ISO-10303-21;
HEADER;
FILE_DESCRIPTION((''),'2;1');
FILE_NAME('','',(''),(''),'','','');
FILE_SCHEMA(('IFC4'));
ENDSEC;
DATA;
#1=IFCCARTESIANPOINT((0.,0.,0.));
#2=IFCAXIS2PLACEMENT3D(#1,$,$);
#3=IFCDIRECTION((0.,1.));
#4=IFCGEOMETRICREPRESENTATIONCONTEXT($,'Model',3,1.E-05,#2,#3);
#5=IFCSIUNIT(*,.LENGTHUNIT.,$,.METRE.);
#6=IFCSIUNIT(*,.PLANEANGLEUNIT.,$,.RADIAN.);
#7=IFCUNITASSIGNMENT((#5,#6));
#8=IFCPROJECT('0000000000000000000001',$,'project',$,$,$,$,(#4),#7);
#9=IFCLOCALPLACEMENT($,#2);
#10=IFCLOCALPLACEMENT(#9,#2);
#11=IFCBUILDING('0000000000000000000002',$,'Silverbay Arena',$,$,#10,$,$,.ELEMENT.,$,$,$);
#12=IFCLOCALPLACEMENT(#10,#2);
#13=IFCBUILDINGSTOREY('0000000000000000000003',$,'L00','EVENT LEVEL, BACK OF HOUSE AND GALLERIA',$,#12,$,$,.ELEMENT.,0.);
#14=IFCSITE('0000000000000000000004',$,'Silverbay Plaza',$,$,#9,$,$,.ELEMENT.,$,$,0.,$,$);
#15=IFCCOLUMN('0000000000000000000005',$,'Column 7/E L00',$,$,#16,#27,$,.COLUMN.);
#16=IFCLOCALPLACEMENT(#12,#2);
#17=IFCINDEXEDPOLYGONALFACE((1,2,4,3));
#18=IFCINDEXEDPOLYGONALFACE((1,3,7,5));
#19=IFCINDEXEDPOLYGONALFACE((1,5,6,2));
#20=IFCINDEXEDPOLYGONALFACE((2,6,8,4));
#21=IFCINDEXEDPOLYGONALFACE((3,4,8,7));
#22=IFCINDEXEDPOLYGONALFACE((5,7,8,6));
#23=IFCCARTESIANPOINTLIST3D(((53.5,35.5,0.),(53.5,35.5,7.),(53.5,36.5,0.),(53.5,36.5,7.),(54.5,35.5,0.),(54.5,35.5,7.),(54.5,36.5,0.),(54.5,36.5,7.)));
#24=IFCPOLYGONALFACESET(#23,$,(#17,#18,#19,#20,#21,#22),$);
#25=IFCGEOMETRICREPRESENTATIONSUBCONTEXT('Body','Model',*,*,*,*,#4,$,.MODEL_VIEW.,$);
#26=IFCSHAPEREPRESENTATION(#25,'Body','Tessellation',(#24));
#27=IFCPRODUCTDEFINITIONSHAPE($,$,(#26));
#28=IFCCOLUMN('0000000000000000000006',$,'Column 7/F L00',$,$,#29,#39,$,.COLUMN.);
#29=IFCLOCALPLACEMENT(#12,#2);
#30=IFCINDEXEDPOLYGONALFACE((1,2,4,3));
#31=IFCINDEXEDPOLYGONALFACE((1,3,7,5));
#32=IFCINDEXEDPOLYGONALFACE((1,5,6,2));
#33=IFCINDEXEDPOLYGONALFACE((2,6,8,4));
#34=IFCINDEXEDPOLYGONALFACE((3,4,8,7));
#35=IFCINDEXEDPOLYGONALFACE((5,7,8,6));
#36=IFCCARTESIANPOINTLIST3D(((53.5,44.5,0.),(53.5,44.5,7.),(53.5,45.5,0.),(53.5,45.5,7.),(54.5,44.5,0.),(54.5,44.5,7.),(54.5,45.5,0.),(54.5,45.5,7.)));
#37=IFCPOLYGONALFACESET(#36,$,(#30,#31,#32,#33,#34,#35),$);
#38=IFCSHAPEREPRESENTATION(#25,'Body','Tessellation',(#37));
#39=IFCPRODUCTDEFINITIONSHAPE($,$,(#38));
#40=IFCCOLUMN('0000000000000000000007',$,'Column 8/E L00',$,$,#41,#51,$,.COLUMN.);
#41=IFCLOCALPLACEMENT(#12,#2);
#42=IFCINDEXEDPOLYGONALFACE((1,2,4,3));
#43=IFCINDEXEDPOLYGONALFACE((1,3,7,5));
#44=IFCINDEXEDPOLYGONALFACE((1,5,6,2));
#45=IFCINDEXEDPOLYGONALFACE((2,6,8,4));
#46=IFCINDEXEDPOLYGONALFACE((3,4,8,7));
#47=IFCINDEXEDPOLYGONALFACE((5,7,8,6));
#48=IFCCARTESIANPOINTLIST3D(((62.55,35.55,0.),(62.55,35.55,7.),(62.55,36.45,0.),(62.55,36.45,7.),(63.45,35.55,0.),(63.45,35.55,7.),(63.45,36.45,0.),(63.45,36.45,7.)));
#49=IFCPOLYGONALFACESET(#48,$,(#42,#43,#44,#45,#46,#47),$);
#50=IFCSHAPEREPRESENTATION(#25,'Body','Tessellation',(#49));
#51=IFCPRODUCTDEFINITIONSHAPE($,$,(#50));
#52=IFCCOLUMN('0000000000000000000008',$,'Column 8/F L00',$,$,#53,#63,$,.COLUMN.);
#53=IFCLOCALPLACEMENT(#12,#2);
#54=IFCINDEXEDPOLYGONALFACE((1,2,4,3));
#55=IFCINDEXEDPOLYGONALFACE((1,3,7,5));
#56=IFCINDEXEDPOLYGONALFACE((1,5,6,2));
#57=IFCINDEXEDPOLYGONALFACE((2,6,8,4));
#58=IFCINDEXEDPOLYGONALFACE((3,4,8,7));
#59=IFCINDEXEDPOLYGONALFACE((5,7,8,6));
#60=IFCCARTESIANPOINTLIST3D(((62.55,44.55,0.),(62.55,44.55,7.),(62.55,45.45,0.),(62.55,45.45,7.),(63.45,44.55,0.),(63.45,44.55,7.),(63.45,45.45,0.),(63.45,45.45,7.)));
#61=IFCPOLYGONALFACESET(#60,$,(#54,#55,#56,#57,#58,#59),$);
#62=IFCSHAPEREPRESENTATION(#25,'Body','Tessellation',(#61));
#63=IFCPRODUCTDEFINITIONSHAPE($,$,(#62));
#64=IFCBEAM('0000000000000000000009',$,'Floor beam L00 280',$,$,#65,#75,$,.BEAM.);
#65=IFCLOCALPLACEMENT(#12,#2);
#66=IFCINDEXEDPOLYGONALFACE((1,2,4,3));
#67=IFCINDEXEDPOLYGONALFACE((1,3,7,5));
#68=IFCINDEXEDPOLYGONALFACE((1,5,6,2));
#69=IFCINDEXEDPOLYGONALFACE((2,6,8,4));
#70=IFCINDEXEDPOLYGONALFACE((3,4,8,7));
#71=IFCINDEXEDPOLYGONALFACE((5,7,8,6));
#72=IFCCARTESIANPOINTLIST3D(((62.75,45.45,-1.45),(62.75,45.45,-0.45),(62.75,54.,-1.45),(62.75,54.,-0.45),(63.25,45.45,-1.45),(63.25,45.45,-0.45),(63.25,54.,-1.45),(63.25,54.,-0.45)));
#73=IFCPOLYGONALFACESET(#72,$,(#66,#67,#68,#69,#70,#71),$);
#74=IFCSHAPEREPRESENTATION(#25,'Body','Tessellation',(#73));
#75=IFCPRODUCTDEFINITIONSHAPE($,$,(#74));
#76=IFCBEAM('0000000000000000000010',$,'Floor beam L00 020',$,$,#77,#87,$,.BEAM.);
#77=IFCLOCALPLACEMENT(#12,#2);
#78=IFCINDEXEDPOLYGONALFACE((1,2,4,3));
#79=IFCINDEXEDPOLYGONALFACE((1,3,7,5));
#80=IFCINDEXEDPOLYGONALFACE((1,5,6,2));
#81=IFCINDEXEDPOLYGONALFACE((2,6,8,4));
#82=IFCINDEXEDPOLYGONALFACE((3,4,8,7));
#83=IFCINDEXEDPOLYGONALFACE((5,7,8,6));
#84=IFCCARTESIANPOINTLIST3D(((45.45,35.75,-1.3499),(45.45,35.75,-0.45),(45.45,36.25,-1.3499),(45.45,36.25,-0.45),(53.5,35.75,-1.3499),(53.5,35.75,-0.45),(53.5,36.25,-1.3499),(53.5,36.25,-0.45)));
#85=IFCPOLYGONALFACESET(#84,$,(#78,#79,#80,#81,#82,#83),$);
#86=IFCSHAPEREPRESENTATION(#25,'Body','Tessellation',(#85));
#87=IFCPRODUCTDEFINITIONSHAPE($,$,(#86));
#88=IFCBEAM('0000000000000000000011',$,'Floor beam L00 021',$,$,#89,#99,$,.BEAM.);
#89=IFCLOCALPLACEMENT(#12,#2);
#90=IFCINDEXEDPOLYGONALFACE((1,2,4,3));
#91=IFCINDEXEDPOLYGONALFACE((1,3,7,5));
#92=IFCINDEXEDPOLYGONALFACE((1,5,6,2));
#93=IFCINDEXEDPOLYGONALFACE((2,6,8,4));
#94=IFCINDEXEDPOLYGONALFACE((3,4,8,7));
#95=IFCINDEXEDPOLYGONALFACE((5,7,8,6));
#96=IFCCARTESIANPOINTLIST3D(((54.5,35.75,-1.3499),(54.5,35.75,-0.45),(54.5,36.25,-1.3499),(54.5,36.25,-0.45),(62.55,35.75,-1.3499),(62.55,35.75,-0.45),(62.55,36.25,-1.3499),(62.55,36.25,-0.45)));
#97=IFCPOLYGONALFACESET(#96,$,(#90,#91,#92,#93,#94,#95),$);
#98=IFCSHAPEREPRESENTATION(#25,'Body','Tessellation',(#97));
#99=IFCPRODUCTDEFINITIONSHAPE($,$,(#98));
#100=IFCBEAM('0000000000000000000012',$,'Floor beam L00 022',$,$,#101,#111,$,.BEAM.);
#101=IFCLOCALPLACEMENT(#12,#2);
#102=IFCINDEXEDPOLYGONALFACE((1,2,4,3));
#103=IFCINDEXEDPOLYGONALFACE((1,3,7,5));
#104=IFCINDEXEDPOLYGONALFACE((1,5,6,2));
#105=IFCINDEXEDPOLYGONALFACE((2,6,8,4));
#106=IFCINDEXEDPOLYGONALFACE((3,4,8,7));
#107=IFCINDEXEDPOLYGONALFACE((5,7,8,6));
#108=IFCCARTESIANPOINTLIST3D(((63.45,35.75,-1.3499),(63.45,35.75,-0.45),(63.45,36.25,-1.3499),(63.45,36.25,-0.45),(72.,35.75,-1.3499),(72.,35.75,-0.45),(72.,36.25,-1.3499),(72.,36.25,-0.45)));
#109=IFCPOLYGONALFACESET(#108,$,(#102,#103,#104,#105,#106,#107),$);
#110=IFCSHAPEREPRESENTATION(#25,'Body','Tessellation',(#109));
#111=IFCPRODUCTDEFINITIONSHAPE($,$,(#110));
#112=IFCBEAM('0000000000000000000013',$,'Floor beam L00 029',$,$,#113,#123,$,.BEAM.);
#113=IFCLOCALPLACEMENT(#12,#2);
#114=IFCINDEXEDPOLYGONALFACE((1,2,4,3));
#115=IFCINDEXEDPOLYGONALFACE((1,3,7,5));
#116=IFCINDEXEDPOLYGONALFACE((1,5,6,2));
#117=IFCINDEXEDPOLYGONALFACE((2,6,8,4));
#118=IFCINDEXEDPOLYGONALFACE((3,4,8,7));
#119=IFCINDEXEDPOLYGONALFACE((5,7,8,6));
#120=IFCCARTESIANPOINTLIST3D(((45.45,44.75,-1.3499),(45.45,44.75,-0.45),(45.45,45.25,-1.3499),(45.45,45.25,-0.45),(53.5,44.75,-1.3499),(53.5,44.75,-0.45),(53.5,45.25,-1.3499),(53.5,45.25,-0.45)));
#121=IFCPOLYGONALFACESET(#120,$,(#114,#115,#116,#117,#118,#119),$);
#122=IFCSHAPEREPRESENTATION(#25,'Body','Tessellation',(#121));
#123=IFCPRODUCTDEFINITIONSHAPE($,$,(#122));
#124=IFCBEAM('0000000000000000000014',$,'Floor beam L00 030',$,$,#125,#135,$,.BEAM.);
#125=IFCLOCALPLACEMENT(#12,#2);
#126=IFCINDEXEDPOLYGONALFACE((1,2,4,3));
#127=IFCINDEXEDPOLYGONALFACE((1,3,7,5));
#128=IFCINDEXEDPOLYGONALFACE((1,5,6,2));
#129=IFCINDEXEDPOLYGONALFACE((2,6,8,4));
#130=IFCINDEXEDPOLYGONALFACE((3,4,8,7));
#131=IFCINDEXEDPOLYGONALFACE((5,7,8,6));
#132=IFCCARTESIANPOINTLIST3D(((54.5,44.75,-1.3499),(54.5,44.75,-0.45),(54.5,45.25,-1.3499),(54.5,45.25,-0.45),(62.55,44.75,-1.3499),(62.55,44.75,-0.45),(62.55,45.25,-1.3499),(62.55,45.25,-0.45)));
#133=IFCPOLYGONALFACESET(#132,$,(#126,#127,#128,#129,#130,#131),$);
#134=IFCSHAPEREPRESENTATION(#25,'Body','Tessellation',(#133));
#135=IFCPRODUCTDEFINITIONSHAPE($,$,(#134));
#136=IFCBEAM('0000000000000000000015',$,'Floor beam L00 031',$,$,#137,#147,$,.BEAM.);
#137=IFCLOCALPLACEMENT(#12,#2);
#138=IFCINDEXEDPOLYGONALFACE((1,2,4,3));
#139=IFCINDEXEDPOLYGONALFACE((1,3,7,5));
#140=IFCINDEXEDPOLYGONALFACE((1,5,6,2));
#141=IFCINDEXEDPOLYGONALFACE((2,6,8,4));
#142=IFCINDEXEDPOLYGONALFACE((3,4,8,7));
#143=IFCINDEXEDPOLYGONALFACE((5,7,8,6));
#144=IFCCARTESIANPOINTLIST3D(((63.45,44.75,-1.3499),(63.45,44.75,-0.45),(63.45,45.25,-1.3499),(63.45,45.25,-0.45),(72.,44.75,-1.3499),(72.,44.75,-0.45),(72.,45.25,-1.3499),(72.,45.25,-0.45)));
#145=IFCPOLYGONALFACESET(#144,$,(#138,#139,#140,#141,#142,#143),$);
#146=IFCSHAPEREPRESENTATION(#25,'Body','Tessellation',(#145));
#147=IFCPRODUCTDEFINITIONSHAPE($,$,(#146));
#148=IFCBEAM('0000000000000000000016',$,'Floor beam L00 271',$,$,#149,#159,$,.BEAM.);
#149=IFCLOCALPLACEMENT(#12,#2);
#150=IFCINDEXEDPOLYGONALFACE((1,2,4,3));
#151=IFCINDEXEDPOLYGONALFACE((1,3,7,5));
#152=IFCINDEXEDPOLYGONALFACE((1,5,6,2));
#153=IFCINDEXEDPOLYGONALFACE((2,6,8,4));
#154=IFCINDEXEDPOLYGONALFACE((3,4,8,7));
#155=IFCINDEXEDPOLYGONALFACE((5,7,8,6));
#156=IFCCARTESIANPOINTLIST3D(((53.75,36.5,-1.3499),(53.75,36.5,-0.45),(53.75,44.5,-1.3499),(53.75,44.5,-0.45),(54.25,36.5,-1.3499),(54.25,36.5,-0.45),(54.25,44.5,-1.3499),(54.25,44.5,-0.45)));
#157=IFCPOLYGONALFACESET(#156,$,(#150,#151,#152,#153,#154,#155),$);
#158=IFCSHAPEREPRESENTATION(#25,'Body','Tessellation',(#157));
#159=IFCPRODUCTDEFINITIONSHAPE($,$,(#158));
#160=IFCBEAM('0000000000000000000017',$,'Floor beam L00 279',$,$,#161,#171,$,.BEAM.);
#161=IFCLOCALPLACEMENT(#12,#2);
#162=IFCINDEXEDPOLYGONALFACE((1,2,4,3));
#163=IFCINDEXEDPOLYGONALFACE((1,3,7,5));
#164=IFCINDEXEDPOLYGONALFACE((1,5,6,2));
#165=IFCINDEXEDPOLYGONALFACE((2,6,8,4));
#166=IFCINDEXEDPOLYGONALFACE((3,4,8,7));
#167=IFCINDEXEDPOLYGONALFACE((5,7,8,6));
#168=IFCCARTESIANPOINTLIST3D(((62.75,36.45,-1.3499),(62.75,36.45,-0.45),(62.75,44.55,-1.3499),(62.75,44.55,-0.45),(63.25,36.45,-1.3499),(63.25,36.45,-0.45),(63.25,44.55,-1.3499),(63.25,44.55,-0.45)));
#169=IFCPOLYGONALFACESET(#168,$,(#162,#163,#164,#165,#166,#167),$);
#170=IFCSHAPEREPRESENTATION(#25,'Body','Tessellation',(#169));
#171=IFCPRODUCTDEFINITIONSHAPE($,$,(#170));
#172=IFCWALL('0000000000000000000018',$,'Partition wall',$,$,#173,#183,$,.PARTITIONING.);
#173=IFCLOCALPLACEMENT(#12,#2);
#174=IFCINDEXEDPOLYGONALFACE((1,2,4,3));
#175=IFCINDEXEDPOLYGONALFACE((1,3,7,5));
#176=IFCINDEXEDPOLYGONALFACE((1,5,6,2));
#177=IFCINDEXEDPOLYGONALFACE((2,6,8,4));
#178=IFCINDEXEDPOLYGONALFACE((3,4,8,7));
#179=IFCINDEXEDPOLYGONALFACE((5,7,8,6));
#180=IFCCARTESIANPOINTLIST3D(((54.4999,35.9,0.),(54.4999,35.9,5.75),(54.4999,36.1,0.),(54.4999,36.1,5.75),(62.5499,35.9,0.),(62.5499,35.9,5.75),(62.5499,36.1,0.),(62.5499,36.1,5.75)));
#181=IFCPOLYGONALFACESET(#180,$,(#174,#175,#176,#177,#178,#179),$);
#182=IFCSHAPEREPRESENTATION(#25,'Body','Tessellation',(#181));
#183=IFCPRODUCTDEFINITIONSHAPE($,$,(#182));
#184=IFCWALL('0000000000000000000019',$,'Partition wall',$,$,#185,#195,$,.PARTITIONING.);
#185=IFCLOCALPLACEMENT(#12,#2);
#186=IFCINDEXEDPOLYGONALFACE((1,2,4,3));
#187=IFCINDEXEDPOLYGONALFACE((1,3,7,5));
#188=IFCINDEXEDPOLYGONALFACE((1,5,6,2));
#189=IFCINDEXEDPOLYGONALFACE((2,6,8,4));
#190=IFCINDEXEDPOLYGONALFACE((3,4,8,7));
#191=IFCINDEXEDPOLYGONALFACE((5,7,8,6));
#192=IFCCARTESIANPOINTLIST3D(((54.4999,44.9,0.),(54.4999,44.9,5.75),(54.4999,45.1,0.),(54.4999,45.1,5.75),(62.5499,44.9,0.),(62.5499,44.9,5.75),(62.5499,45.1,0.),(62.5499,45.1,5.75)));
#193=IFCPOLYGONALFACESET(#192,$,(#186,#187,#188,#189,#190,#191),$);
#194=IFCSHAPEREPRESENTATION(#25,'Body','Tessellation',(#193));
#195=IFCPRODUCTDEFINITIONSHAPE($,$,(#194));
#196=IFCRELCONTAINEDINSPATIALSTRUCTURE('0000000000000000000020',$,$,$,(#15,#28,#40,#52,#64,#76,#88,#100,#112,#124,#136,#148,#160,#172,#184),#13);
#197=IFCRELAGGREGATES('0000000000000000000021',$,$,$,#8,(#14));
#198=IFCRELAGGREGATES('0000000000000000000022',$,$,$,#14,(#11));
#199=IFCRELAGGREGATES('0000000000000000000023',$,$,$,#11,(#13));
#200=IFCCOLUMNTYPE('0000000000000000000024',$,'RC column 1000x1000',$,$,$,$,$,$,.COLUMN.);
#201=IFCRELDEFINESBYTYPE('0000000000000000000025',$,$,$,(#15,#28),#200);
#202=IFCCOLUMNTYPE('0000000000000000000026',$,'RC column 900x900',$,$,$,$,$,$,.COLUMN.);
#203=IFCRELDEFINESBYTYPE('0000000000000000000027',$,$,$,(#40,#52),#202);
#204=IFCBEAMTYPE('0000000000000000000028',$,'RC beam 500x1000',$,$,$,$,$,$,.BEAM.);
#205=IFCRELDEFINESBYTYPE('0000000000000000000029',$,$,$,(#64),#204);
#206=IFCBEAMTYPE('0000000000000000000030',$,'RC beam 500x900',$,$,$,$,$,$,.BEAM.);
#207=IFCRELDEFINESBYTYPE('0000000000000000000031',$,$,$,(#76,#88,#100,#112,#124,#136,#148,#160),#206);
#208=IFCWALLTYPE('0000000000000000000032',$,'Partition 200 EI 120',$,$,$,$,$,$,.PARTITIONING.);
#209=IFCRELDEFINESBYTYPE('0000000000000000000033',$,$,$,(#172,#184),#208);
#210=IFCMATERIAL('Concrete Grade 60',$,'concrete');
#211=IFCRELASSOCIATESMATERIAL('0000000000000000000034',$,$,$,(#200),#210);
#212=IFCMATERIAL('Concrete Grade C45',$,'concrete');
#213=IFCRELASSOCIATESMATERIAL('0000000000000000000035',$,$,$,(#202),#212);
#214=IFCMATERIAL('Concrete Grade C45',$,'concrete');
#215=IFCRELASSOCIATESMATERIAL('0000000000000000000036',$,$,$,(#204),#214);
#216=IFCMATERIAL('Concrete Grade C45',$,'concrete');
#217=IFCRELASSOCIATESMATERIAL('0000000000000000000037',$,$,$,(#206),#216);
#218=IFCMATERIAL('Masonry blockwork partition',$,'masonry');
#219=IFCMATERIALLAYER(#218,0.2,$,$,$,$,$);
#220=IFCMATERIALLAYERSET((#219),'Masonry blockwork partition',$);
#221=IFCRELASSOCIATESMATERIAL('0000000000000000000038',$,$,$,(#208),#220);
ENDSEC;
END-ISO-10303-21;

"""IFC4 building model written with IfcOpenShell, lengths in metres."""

from ifc_helpers import new_model, si_unit, direction, frame, frame_2d, origin, origin_2d, place, context, subcontext, project, spatial, rectangle, extrude, material, layer, layer_set, material_profile, profile_set, type_object, element, save


model = new_model("IFC4")

# Units and contexts
model_context = context("Model", 3, precision=1e-05, world=origin(), true_north=direction((0.0, 1.0)))
body_context = subcontext(model_context, "Body", "Model", "MODEL_VIEW")
ifc_project = project(units=[si_unit("LENGTHUNIT", "METRE"), si_unit("PLANEANGLEUNIT", "RADIAN")], contexts=[model_context])

# Site, building, storey
site_placement = place(None, origin())
site = spatial("IfcSite", under=ifc_project, at=site_placement, Name="Silverbay Plaza", CompositionType="ELEMENT", RefElevation=0.0)
building_placement = place(site_placement, origin())
building = spatial("IfcBuilding", under=site, at=building_placement, Name="Silverbay Arena", CompositionType="ELEMENT")
storey_placement = place(building_placement, origin())
storey = spatial("IfcBuildingStorey", under=building, at=storey_placement, Name="L00", Description="EVENT LEVEL, BACK OF HOUSE AND GALLERIA", CompositionType="ELEMENT", Elevation=0.0)

# Columns
ifc_material_1 = material(Name="Concrete Grade 60", Category="concrete")
ifc_material_profile_1 = material_profile(ifc_material_1, rectangle(XDim=1.0, YDim=1.0, at=origin_2d()), Name="RC 1000x1000")
ifc_profile_set_1 = profile_set([ifc_material_profile_1], Name="Concrete Grade 60")
column_type_1 = type_object("IfcColumnType", Name="RC column 1000x1000", PredefinedType="COLUMN", material=ifc_profile_set_1)
for number, where, z_axis, x_axis, name in (
    (1, (54.0, 36.0, 0.0), (0.0, 0.0, 1.0), (1.0, 0.0, 0.0), "Column 7/E L00"),
    (2, (54.0, 45.0, 0.0), (0.0, 0.0, 1.0), (1.0, 0.0, 0.0), "Column 7/F L00"),
):
    element("IfcColumn", number, at=place(storey_placement, frame(where, z_axis=z_axis, x_axis=x_axis)), inside=storey, type_object=column_type_1, Name=name, PredefinedType="COLUMN", context=body_context, shape_type="SweptSolid", body=[
        extrude(rectangle(XDim=1.0, YDim=1.0, at=origin_2d()), origin(), (0.0, 0.0, 1.0), 7.0),
    ])
ifc_material_2 = material(Name="Concrete Grade C45", Category="concrete")
ifc_material_profile_2 = material_profile(ifc_material_2, rectangle(XDim=0.8999, YDim=0.8999, at=origin_2d()), Name="RC 900x900")
ifc_profile_set_2 = profile_set([ifc_material_profile_2], Name="Concrete Grade C45")
column_type_2 = type_object("IfcColumnType", Name="RC column 900x900", PredefinedType="COLUMN", material=ifc_profile_set_2)
for number, where, z_axis, x_axis, name in (
    (3, (63.0, 36.0, 0.0), (0.0, 0.0, 1.0), (1.0, 0.0, 0.0), "Column 8/E L00"),
    (4, (63.0, 45.0, 0.0), (0.0, 0.0, 1.0), (1.0, 0.0, 0.0), "Column 8/F L00"),
):
    element("IfcColumn", number, at=place(storey_placement, frame(where, z_axis=z_axis, x_axis=x_axis)), inside=storey, type_object=column_type_2, Name=name, PredefinedType="COLUMN", context=body_context, shape_type="SweptSolid", body=[
        extrude(rectangle(XDim=0.8999, YDim=0.8999, at=origin_2d()), origin(), (0.0, 0.0, 1.0), 7.0),
    ])

# Beams
ifc_material_3 = material(Name="Concrete Grade C45", Category="concrete")
ifc_material_profile_3 = material_profile(ifc_material_3, rectangle(XDim=0.5, YDim=1.0, at=origin_2d()), Name="RC 500x1000")
ifc_profile_set_3 = profile_set([ifc_material_profile_3], Name="Concrete Grade C45")
beam_type_1 = type_object("IfcBeamType", Name="RC beam 500x1000", PredefinedType="BEAM", material=ifc_profile_set_3)
beam_1_placement = place(storey_placement, frame((63.0, 45.45, -0.95), z_axis=(0.0, 1.0, 0.0), x_axis=(-1.0, 0.0, 0.0)))
element("IfcBeam", 5, at=beam_1_placement, inside=storey, type_object=beam_type_1, Name="Floor beam L00 280", PredefinedType="BEAM", context=body_context, shape_type="SweptSolid", body=[
    extrude(rectangle(XDim=0.5, YDim=1.0, at=origin_2d()), origin(), (0.0, 0.0, 1.0), 8.55),
])
ifc_material_4 = material(Name="Concrete Grade C45", Category="concrete")
ifc_material_profile_4 = material_profile(ifc_material_4, rectangle(XDim=0.5, YDim=0.8999, at=origin_2d()), Name="RC 500x900")
ifc_profile_set_4 = profile_set([ifc_material_profile_4], Name="Concrete Grade C45")
beam_type_2 = type_object("IfcBeamType", Name="RC beam 500x900", PredefinedType="BEAM", material=ifc_profile_set_4)
for number, where, z_axis, x_axis, name in (
    (6, (45.45, 36.0, -0.8999), (1.0, 0.0, 0.0), (0.0, 1.0, 0.0), "Floor beam L00 020"),
    (7, (54.5, 36.0, -0.8999), (1.0, 0.0, 0.0), (0.0, 1.0, 0.0), "Floor beam L00 021"),
):
    element("IfcBeam", number, at=place(storey_placement, frame(where, z_axis=z_axis, x_axis=x_axis)), inside=storey, type_object=beam_type_2, Name=name, PredefinedType="BEAM", context=body_context, shape_type="SweptSolid", body=[
        extrude(rectangle(XDim=0.5, YDim=0.8999, at=origin_2d()), origin(), (0.0, 0.0, 1.0), 8.05),
    ])
beam_2_placement = place(storey_placement, frame((63.45, 36.0, -0.8999), z_axis=(1.0, 0.0, 0.0), x_axis=(0.0, 1.0, 0.0)))
element("IfcBeam", 8, at=beam_2_placement, inside=storey, type_object=beam_type_2, Name="Floor beam L00 022", PredefinedType="BEAM", context=body_context, shape_type="SweptSolid", body=[
    extrude(rectangle(XDim=0.5, YDim=0.8999, at=origin_2d()), origin(), (0.0, 0.0, 1.0), 8.55),
])
for number, where, z_axis, x_axis, name in (
    (9, (45.45, 45.0, -0.8999), (1.0, 0.0, 0.0), (0.0, 1.0, 0.0), "Floor beam L00 029"),
    (10, (54.5, 45.0, -0.8999), (1.0, 0.0, 0.0), (0.0, 1.0, 0.0), "Floor beam L00 030"),
):
    element("IfcBeam", number, at=place(storey_placement, frame(where, z_axis=z_axis, x_axis=x_axis)), inside=storey, type_object=beam_type_2, Name=name, PredefinedType="BEAM", context=body_context, shape_type="SweptSolid", body=[
        extrude(rectangle(XDim=0.5, YDim=0.8999, at=origin_2d()), origin(), (0.0, 0.0, 1.0), 8.05),
    ])
beam_3_placement = place(storey_placement, frame((63.45, 45.0, -0.8999), z_axis=(1.0, 0.0, 0.0), x_axis=(0.0, 1.0, 0.0)))
element("IfcBeam", 11, at=beam_3_placement, inside=storey, type_object=beam_type_2, Name="Floor beam L00 031", PredefinedType="BEAM", context=body_context, shape_type="SweptSolid", body=[
    extrude(rectangle(XDim=0.5, YDim=0.8999, at=origin_2d()), origin(), (0.0, 0.0, 1.0), 8.55),
])
beam_4_placement = place(storey_placement, frame((54.0, 36.5, -0.8999), z_axis=(0.0, 1.0, 0.0), x_axis=(-1.0, 0.0, 0.0)))
element("IfcBeam", 12, at=beam_4_placement, inside=storey, type_object=beam_type_2, Name="Floor beam L00 271", PredefinedType="BEAM", context=body_context, shape_type="SweptSolid", body=[
    extrude(rectangle(XDim=0.5, YDim=0.8999, at=origin_2d()), origin(), (0.0, 0.0, 1.0), 8.0),
])
beam_5_placement = place(storey_placement, frame((63.0, 36.45, -0.8999), z_axis=(0.0, 1.0, 0.0), x_axis=(-1.0, 0.0, 0.0)))
element("IfcBeam", 13, at=beam_5_placement, inside=storey, type_object=beam_type_2, Name="Floor beam L00 279", PredefinedType="BEAM", context=body_context, shape_type="SweptSolid", body=[
    extrude(rectangle(XDim=0.5, YDim=0.8999, at=origin_2d()), origin(), (0.0, 0.0, 1.0), 8.1001),
])

# Walls
ifc_material_5 = material(Name="Masonry blockwork partition", Category="masonry")
ifc_layer = layer(ifc_material_5, 0.2)
ifc_layer_set = layer_set([ifc_layer], Name="Masonry blockwork partition")
wall_type = type_object("IfcWallType", Name="Partition 200 EI 120", PredefinedType="PARTITIONING", material=ifc_layer_set)
for number, where, z_axis, x_axis, name in (
    (14, (54.5, 36.0, 0.0), (0.0, 0.0, 1.0), (1.0, 0.0, 0.0), "Partition wall"),
    (15, (54.5, 45.0, 0.0), (0.0, 0.0, 1.0), (1.0, 0.0, 0.0), "Partition wall"),
):
    element("IfcWall", number, at=place(storey_placement, frame(where, z_axis=z_axis, x_axis=x_axis)), inside=storey, type_object=wall_type, Name=name, PredefinedType="PARTITIONING", context=body_context, shape_type="SweptSolid", body=[
        extrude(rectangle(XDim=8.05, YDim=0.2, at=frame_2d((4.0249, 0.0))), origin(), (0.0, 0.0, 1.0), 5.75),
    ])

save(model, "model.ifc")
